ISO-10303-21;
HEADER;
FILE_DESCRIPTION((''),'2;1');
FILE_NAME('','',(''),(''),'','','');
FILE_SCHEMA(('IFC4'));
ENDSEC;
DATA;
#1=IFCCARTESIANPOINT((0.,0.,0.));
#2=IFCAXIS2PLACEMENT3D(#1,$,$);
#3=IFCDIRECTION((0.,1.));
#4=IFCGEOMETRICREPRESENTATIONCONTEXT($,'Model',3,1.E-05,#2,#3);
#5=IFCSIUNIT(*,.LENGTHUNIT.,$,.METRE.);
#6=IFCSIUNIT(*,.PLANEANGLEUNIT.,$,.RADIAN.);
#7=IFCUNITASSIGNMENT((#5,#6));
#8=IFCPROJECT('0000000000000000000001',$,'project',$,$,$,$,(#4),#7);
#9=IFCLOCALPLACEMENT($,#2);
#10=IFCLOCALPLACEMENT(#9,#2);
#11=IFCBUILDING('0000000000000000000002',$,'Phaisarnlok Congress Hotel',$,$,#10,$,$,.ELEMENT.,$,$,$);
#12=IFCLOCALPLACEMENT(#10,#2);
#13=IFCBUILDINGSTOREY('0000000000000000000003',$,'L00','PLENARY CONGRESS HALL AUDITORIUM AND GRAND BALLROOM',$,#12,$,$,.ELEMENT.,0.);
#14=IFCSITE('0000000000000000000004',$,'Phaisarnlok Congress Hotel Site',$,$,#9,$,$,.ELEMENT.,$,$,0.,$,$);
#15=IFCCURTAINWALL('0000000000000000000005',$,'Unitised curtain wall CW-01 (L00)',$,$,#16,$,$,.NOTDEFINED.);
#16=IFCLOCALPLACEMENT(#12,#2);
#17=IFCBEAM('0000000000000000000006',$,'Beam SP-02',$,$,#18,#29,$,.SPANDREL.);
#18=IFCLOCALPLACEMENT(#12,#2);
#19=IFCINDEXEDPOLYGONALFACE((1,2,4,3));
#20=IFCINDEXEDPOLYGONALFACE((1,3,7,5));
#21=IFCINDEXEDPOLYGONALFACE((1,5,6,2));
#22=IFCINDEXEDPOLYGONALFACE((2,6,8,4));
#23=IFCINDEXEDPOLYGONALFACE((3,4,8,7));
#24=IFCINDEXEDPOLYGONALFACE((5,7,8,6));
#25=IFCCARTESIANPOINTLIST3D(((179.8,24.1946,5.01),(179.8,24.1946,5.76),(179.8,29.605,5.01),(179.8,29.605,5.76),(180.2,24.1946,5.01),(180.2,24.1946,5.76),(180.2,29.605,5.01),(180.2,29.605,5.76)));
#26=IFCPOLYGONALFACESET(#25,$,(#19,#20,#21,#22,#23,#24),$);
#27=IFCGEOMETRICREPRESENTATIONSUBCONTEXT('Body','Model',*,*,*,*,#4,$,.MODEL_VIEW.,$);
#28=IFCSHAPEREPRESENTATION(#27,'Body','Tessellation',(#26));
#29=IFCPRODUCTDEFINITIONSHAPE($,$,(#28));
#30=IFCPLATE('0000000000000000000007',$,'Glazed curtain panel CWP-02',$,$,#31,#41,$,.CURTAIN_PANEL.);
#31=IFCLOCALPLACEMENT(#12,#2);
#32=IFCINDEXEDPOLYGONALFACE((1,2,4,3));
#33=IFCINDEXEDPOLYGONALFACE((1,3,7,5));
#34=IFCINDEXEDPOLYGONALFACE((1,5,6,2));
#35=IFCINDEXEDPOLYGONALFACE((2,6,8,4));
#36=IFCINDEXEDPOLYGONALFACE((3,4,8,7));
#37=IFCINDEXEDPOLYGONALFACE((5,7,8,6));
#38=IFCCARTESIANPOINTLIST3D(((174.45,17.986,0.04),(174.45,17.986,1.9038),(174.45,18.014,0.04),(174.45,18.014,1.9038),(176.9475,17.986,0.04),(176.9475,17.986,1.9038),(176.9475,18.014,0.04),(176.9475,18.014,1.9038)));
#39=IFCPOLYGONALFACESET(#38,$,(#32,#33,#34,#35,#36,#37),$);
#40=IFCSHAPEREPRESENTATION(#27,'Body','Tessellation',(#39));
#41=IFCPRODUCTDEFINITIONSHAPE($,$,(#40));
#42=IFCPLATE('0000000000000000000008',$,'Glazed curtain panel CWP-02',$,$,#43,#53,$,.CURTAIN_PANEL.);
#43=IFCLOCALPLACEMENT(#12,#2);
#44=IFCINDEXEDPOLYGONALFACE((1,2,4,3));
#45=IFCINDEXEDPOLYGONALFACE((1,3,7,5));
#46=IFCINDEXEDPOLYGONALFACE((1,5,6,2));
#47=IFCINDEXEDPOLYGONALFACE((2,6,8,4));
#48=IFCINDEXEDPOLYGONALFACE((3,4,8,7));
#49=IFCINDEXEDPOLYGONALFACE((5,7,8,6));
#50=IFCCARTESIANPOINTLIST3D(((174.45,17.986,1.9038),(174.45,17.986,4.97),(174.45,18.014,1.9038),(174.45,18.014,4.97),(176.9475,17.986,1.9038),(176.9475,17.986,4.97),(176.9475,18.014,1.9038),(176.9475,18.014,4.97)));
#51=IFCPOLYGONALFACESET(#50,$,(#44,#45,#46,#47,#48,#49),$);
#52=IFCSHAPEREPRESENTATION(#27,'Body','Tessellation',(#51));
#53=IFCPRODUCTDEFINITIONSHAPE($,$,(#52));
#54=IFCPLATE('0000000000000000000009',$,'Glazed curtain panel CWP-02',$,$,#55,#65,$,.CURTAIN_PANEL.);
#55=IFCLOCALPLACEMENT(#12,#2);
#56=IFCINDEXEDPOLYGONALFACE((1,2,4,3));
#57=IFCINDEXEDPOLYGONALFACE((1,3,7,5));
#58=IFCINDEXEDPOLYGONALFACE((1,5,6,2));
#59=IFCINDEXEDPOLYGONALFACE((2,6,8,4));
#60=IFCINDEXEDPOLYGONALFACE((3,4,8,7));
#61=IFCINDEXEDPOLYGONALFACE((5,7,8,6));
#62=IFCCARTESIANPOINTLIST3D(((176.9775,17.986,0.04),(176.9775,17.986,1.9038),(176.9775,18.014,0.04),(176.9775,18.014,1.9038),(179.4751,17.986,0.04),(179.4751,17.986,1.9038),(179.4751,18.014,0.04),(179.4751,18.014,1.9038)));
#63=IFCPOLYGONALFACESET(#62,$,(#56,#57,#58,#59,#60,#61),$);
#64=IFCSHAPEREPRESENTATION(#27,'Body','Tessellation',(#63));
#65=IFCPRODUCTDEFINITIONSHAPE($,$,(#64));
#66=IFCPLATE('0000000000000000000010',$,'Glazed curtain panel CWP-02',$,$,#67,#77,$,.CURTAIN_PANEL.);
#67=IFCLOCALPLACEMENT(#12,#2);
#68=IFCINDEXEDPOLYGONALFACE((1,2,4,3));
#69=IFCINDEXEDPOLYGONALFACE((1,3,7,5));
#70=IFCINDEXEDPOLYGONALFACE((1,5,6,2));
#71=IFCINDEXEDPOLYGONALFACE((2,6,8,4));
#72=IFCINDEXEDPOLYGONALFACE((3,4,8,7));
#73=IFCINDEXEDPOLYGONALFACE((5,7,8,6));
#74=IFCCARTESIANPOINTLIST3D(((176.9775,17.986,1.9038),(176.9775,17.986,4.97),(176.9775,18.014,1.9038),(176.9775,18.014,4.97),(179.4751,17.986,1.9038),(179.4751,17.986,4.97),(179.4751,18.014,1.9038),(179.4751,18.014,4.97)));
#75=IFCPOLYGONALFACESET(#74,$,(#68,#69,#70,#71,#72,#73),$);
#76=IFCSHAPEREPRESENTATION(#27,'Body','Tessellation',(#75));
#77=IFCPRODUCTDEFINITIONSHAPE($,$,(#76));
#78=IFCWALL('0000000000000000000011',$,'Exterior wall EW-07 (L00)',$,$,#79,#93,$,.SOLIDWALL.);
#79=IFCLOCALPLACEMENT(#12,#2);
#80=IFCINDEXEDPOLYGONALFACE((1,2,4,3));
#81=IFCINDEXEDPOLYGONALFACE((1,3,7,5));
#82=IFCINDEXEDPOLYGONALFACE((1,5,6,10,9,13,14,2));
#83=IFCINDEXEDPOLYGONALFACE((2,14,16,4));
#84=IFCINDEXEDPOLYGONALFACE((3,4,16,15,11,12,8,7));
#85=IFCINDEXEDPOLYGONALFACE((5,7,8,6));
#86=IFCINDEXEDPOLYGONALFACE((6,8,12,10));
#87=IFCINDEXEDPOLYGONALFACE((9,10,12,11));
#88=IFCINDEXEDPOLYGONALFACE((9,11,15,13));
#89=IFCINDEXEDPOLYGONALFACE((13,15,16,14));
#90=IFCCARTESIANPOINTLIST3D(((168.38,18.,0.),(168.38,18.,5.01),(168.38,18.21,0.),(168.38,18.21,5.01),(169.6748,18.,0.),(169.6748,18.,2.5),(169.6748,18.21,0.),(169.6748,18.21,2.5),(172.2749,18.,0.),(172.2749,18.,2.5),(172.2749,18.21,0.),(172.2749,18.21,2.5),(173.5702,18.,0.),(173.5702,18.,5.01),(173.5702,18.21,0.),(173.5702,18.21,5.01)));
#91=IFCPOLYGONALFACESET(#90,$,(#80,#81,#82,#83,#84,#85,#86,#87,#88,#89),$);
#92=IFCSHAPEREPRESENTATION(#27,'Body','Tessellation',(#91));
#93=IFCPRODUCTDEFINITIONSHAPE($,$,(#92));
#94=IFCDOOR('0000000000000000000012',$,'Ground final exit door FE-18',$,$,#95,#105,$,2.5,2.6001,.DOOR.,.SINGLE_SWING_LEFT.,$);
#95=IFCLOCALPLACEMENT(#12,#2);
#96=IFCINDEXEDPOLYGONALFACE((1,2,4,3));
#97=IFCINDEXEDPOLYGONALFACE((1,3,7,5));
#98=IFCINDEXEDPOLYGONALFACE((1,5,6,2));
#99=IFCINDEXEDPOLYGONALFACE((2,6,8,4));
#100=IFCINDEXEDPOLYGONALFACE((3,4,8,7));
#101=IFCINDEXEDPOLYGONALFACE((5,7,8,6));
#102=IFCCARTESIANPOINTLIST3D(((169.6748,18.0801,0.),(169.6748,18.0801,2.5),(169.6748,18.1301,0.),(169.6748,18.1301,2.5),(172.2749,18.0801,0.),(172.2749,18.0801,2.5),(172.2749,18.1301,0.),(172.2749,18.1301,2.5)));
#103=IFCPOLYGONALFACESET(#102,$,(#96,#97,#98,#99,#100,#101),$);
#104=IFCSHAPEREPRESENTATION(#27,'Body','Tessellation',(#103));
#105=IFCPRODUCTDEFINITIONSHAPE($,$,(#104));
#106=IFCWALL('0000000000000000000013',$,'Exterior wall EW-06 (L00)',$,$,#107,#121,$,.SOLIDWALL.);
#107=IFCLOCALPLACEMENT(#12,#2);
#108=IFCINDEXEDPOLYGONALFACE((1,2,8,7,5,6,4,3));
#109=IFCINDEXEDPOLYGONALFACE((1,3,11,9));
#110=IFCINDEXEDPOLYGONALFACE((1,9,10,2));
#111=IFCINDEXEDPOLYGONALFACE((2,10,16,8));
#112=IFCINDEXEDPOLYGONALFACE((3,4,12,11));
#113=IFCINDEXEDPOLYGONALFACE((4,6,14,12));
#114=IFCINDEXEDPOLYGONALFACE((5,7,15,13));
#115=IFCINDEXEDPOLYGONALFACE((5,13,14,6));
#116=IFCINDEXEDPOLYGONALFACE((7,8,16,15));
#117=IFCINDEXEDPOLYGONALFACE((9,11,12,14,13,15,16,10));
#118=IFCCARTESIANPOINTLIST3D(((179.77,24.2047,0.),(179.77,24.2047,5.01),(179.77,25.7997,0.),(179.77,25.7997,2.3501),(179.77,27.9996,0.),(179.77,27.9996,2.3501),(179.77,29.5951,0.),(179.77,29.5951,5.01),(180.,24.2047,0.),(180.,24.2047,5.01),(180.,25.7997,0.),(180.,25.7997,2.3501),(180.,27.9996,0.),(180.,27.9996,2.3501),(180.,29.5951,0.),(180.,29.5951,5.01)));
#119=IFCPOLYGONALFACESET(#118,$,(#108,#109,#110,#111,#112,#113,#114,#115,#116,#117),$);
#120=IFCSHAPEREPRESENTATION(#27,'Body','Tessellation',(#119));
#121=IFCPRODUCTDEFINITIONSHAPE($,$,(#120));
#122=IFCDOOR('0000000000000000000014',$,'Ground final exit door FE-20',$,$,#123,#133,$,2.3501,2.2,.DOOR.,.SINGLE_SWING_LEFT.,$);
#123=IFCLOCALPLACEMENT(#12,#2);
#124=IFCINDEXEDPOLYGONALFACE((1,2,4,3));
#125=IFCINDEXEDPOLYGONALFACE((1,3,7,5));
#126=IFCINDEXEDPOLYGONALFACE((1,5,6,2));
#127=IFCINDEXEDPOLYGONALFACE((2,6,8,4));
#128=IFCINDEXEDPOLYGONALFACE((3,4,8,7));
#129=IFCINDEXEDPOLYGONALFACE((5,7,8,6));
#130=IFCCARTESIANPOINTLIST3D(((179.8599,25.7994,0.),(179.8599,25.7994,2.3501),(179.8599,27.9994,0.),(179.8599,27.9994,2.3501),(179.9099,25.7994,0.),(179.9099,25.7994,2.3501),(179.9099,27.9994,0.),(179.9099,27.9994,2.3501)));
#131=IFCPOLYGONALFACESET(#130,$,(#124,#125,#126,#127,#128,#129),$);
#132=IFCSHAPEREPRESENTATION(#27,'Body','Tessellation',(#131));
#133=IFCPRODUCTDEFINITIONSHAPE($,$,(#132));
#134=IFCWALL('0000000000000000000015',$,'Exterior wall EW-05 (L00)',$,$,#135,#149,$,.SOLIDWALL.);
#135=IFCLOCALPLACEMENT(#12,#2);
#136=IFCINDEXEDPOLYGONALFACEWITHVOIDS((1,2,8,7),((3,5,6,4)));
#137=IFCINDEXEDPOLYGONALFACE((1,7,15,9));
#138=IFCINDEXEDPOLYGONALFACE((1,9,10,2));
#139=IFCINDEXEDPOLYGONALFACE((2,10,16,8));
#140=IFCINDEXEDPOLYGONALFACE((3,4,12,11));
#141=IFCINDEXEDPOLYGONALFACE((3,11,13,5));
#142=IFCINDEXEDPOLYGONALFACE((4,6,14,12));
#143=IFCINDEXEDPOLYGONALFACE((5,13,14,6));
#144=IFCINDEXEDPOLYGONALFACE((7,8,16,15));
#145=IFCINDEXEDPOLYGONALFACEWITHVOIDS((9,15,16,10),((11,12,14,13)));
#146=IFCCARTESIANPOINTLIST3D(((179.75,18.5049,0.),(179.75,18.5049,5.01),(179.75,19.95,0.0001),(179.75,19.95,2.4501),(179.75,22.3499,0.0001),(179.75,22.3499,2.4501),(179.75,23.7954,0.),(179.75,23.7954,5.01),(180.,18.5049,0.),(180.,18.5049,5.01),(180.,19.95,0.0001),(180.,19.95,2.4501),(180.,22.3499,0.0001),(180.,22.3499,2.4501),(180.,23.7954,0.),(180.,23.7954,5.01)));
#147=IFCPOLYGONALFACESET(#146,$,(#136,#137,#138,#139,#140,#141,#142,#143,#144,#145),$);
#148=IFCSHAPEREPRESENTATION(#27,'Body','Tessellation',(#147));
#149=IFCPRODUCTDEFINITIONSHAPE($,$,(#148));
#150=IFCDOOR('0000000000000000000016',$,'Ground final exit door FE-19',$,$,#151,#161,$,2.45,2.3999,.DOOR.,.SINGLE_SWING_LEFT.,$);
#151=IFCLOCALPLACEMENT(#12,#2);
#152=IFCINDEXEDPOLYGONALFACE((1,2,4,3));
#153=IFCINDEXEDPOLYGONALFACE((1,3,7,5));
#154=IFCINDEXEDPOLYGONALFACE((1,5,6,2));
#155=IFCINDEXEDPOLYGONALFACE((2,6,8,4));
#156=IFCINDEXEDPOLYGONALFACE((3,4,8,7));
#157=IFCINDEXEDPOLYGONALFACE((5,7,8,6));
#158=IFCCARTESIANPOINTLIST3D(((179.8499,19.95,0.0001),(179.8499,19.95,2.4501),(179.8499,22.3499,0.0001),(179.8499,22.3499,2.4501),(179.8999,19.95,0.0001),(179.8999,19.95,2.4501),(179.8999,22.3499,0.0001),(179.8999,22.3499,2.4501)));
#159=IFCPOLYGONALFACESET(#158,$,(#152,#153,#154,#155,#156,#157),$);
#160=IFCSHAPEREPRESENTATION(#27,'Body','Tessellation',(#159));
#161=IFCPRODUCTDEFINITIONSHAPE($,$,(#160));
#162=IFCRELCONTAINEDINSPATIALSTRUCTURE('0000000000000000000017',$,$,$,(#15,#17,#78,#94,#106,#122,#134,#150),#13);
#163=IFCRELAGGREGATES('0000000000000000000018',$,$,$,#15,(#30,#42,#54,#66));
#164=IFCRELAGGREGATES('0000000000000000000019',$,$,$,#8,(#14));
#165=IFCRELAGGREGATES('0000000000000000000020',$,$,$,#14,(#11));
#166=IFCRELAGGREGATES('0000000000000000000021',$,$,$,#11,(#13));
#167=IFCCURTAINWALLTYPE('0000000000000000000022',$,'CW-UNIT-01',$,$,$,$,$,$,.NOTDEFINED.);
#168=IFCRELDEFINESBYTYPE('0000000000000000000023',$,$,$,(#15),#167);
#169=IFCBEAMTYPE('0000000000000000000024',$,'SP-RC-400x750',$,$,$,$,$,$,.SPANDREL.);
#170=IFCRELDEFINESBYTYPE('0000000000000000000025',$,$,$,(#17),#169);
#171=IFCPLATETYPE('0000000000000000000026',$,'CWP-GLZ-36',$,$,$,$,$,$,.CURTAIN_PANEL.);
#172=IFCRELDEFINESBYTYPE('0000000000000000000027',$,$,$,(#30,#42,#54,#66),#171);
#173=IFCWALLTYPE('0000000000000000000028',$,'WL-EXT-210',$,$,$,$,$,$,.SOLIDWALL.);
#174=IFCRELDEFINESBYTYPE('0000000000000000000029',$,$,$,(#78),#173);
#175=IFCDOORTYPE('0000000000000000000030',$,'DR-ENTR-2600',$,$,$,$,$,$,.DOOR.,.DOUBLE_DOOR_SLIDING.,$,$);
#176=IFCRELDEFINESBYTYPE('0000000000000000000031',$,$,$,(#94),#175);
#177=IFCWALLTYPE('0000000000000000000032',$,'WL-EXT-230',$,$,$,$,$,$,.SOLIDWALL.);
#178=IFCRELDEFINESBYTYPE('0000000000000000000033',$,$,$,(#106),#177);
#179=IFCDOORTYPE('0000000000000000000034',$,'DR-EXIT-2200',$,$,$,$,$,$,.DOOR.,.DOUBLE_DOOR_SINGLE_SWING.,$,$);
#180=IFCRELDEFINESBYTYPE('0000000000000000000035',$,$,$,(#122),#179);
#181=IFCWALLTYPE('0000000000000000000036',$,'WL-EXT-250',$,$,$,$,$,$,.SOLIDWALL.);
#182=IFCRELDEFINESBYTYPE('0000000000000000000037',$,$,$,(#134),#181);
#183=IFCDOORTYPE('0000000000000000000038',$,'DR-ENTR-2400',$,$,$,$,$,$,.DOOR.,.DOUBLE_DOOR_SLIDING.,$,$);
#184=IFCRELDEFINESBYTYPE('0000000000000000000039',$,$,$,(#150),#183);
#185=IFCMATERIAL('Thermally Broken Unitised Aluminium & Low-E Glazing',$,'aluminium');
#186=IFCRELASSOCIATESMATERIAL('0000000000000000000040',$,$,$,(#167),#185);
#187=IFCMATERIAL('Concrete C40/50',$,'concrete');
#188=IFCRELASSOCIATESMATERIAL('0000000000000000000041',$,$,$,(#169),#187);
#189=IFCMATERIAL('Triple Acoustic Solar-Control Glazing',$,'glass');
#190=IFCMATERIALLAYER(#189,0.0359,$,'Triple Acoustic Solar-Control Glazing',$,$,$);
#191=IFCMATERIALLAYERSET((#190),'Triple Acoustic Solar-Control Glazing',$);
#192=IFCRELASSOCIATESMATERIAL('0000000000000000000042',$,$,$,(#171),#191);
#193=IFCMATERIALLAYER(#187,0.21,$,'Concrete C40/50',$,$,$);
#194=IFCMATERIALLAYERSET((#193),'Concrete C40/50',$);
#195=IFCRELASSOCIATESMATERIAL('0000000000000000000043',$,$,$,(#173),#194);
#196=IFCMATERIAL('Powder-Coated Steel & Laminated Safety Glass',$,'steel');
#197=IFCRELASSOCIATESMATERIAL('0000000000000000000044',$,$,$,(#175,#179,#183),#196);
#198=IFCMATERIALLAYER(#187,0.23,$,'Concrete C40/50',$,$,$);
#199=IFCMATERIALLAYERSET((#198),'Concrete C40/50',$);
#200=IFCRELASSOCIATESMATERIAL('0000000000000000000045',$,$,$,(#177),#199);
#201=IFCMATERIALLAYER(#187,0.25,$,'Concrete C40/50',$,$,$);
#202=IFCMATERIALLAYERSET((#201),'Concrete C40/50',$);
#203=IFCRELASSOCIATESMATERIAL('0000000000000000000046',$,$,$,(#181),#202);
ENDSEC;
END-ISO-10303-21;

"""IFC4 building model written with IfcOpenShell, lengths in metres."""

from ifc_helpers import new_model, si_unit, direction, frame, frame_2d, origin, origin_2d, place, context, subcontext, project, spatial, rectangle, extrude, material, layer, layer_set, material_profile, profile_set, type_object, element, fill, aggregate, save


model = new_model("IFC4")

# Units and contexts
model_context = context("Model", 3, precision=1e-05, world=origin(), true_north=direction((0.0, 1.0)))
body_context = subcontext(model_context, "Body", "Model", "MODEL_VIEW")
ifc_project = project(units=[si_unit("LENGTHUNIT", "METRE"), si_unit("PLANEANGLEUNIT", "RADIAN")], contexts=[model_context])

# Site, building, storey
site_placement = place(None, origin())
site = spatial("IfcSite", under=ifc_project, at=site_placement, Name="Phaisarnlok Congress Hotel Site", CompositionType="ELEMENT", RefElevation=0.0)
building_placement = place(site_placement, origin())
building = spatial("IfcBuilding", under=site, at=building_placement, Name="Phaisarnlok Congress Hotel", CompositionType="ELEMENT")
storey_placement = place(building_placement, origin())
storey = spatial("IfcBuildingStorey", under=building, at=storey_placement, Name="L00", Description="PLENARY CONGRESS HALL AUDITORIUM AND GRAND BALLROOM", CompositionType="ELEMENT", Elevation=0.0)

# Shared definitions
ifc_material_1 = material(Name="Concrete C40/50", Category="concrete")

# Curtain wall
ifc_material_2 = material(Name="Thermally Broken Unitised Aluminium & Low-E Glazing", Category="aluminium")
curtain_wall_type = type_object("IfcCurtainWallType", Name="CW-UNIT-01", PredefinedType="NOTDEFINED", material=ifc_material_2)
curtain_wall_placement = place(storey_placement, origin())
curtain_wall = element("IfcCurtainWall", 1, at=curtain_wall_placement, inside=storey, type_object=curtain_wall_type, Name="Unitised curtain wall CW-01 (L00)", PredefinedType="NOTDEFINED")

# Beam
ifc_material_profile_1 = material_profile(ifc_material_1, rectangle(XDim=0.3999, YDim=0.75, at=origin_2d()), Name="RC 400x750")
ifc_profile_set_1 = profile_set([ifc_material_profile_1], Name="Concrete C40/50")
beam_type_1 = type_object("IfcBeamType", Name="SP-RC-400x750", PredefinedType="SPANDREL", material=ifc_profile_set_1)
beam_1_placement = place(storey_placement, frame((180.0, 24.1946, 5.385), z_axis=(0.0, 1.0, 0.0), x_axis=(-1.0, 0.0, 0.0)))
element("IfcBeam", 2, at=beam_1_placement, inside=storey, type_object=beam_type_1, Name="Beam SP-02", PredefinedType="SPANDREL", context=body_context, shape_type="SweptSolid", body=[
    extrude(rectangle(XDim=0.3999, YDim=0.75, at=origin_2d()), origin(), (0.0, 0.0, 1.0), 5.4104),
])

# Plates
ifc_material_3 = material(Name="Triple Acoustic Solar-Control Glazing", Category="glass")
ifc_layer_1 = layer(ifc_material_3, 0.0359, Name="Triple Acoustic Solar-Control Glazing")
ifc_layer_set_1 = layer_set([ifc_layer_1], Name="Triple Acoustic Solar-Control Glazing")
plate_type = type_object("IfcPlateType", Name="CWP-GLZ-36", PredefinedType="CURTAIN_PANEL", material=ifc_layer_set_1)
plate_1_placement = place(storey_placement, frame((174.45, 18.0, 0.04), z_axis=(0.0, 0.0, 1.0), x_axis=(1.0, 0.0, 0.0)))
plate_1 = element("IfcPlate", 3, at=plate_1_placement, type_object=plate_type, Name="Glazed curtain panel CWP-02", PredefinedType="CURTAIN_PANEL", context=body_context, shape_type="SweptSolid", body=[
    extrude(rectangle(XDim=2.4976, YDim=0.0281, at=frame_2d((1.2488, 0.0))), origin(), (0.0, 0.0, 1.0), 1.8638),
])
plate_2_placement = place(storey_placement, frame((174.45, 18.0, 1.9038), z_axis=(0.0, 0.0, 1.0), x_axis=(1.0, 0.0, 0.0)))
plate_2 = element("IfcPlate", 4, at=plate_2_placement, type_object=plate_type, Name="Glazed curtain panel CWP-02", PredefinedType="CURTAIN_PANEL", context=body_context, shape_type="SweptSolid", body=[
    extrude(rectangle(XDim=2.4976, YDim=0.0281, at=frame_2d((1.2488, 0.0))), origin(), (0.0, 0.0, 1.0), 3.0662),
])
plate_3_placement = place(storey_placement, frame((176.9775, 18.0, 0.04), z_axis=(0.0, 0.0, 1.0), x_axis=(1.0, 0.0, 0.0)))
plate_3 = element("IfcPlate", 5, at=plate_3_placement, type_object=plate_type, Name="Glazed curtain panel CWP-02", PredefinedType="CURTAIN_PANEL", context=body_context, shape_type="SweptSolid", body=[
    extrude(rectangle(XDim=2.4976, YDim=0.0281, at=frame_2d((1.2488, 0.0))), origin(), (0.0, 0.0, 1.0), 1.8638),
])
plate_4_placement = place(storey_placement, frame((176.9775, 18.0, 1.9038), z_axis=(0.0, 0.0, 1.0), x_axis=(1.0, 0.0, 0.0)))
plate_4 = element("IfcPlate", 6, at=plate_4_placement, type_object=plate_type, Name="Glazed curtain panel CWP-02", PredefinedType="CURTAIN_PANEL", context=body_context, shape_type="SweptSolid", body=[
    extrude(rectangle(XDim=2.4976, YDim=0.0281, at=frame_2d((1.2488, 0.0))), origin(), (0.0, 0.0, 1.0), 3.0662),
])
aggregate(curtain_wall, [plate_1, plate_2, plate_3, plate_4])

# Walls, openings, doors
ifc_layer_2 = layer(ifc_material_1, 0.21, Name="Concrete C40/50")
ifc_layer_set_2 = layer_set([ifc_layer_2], Name="Concrete C40/50")
wall_type_1 = type_object("IfcWallType", Name="WL-EXT-210", PredefinedType="SOLIDWALL", material=ifc_layer_set_2)
wall_1_placement = place(storey_placement, frame((168.3799, 18.105, 0.0), z_axis=(0.0, 0.0, 1.0), x_axis=(1.0, 0.0, 0.0)))
wall_1 = element("IfcWall", 7, at=wall_1_placement, inside=storey, type_object=wall_type_1, Name="Exterior wall EW-07 (L00)", PredefinedType="SOLIDWALL", context=body_context, shape_type="SweptSolid", body=[
    extrude(rectangle(XDim=5.1902, YDim=0.21, at=frame_2d((2.5952, 0.0))), origin(), (0.0, 0.0, 1.0), 5.01),
])
opening_1_placement = place(wall_1_placement, frame((1.2949, 0.0, 0.0)))
opening_1 = element("IfcOpeningElement", 8, at=opening_1_placement, cuts=wall_1, PredefinedType="OPENING", context=body_context, shape_type="SweptSolid", body=[
    extrude(rectangle(XDim=2.6001, YDim=2.5, at=frame_2d((1.3, 1.25))), frame((0.0, 0.115, 0.0), z_axis=(0.0, -1.0, 0.0), x_axis=(1.0, 0.0, 0.0)), (0.0, 0.0, 1.0), 0.23),
])
ifc_material_4 = material(Name="Powder-Coated Steel & Laminated Safety Glass", Category="steel")
door_type_1 = type_object("IfcDoorType", Name="DR-ENTR-2600", OperationType="DOUBLE_DOOR_SLIDING", PredefinedType="DOOR", material=ifc_material_4)
door_1_placement = place(opening_1_placement, frame((2.6001, 0.0, 0.0), z_axis=(0.0, 0.0, 1.0), x_axis=(-1.0, 0.0, 0.0)))
door_1 = element("IfcDoor", 9, at=door_1_placement, inside=storey, type_object=door_type_1, Name="Ground final exit door FE-18", OperationType="SINGLE_SWING_LEFT", OverallHeight=2.5, OverallWidth=2.6001, PredefinedType="DOOR", context=body_context, shape_type="SweptSolid", body=[
    extrude(rectangle(XDim=2.6001, YDim=2.5, at=frame_2d((1.3, 1.25))), frame((0.0, 0.0249, 0.0), z_axis=(0.0, -1.0, 0.0), x_axis=(1.0, 0.0, 0.0)), (0.0, 0.0, 1.0), 0.05),
])
fill(opening_1, door_1)
ifc_layer_3 = layer(ifc_material_1, 0.23, Name="Concrete C40/50")
ifc_layer_set_3 = layer_set([ifc_layer_3], Name="Concrete C40/50")
wall_type_2 = type_object("IfcWallType", Name="WL-EXT-230", PredefinedType="SOLIDWALL", material=ifc_layer_set_3)
wall_2_placement = place(storey_placement, frame((179.885, 24.2046, 0.0), z_axis=(0.0, 0.0, 1.0), x_axis=(0.0, 1.0, 0.0)))
wall_2 = element("IfcWall", 10, at=wall_2_placement, inside=storey, type_object=wall_type_2, Name="Exterior wall EW-06 (L00)", PredefinedType="SOLIDWALL", context=body_context, shape_type="SweptSolid", body=[
    extrude(rectangle(XDim=5.3904, YDim=0.23, at=frame_2d((2.6953, 0.0))), origin(), (0.0, 0.0, 1.0), 5.01),
])
opening_2_placement = place(wall_2_placement, frame((1.595, 0.0, 0.0)))
opening_2 = element("IfcOpeningElement", 11, at=opening_2_placement, cuts=wall_2, PredefinedType="OPENING", context=body_context, shape_type="SweptSolid", body=[
    extrude(rectangle(XDim=2.2, YDim=2.3501, at=frame_2d((1.1001, 1.175))), frame((0.0, 0.125, 0.0), z_axis=(0.0, -1.0, 0.0), x_axis=(1.0, 0.0, 0.0)), (0.0, 0.0, 1.0), 0.25),
])
door_type_2 = type_object("IfcDoorType", Name="DR-EXIT-2200", OperationType="DOUBLE_DOOR_SINGLE_SWING", PredefinedType="DOOR", material=ifc_material_4)
door_2_placement = place(opening_2_placement, frame((2.2, 0.0, 0.0), z_axis=(0.0, 0.0, 1.0), x_axis=(-1.0, 0.0, 0.0)))
door_2 = element("IfcDoor", 12, at=door_2_placement, inside=storey, type_object=door_type_2, Name="Ground final exit door FE-20", OperationType="SINGLE_SWING_LEFT", OverallHeight=2.3501, OverallWidth=2.2, PredefinedType="DOOR", context=body_context, shape_type="SweptSolid", body=[
    extrude(rectangle(XDim=2.2, YDim=2.3501, at=frame_2d((1.1001, 1.175))), frame((0.0, 0.0249, 0.0), z_axis=(0.0, -1.0, 0.0), x_axis=(1.0, 0.0, 0.0)), (0.0, 0.0, 1.0), 0.05),
])
fill(opening_2, door_2)
ifc_layer_4 = layer(ifc_material_1, 0.25, Name="Concrete C40/50")
ifc_layer_set_4 = layer_set([ifc_layer_4], Name="Concrete C40/50")
wall_type_3 = type_object("IfcWallType", Name="WL-EXT-250", PredefinedType="SOLIDWALL", material=ifc_layer_set_4)
wall_3_placement = place(storey_placement, frame((179.875, 18.5049, 0.0), z_axis=(0.0, 0.0, 1.0), x_axis=(0.0, 1.0, 0.0)))
wall_3 = element("IfcWall", 13, at=wall_3_placement, inside=storey, type_object=wall_type_3, Name="Exterior wall EW-05 (L00)", PredefinedType="SOLIDWALL", context=body_context, shape_type="SweptSolid", body=[
    extrude(rectangle(XDim=5.2905, YDim=0.25, at=frame_2d((2.6453, 0.0))), origin(), (0.0, 0.0, 1.0), 5.01),
])
opening_3_placement = place(wall_3_placement, frame((1.4451, 0.0, 0.0)))
opening_3 = element("IfcOpeningElement", 14, at=opening_3_placement, cuts=wall_3, PredefinedType="OPENING", context=body_context, shape_type="SweptSolid", body=[
    extrude(rectangle(XDim=2.3999, YDim=2.45, at=frame_2d((1.2, 1.2251))), frame((0.0, 0.135, 0.0), z_axis=(0.0, -1.0, 0.0), x_axis=(1.0, 0.0, 0.0)), (0.0, 0.0, 1.0), 0.27),
])
door_type_3 = type_object("IfcDoorType", Name="DR-ENTR-2400", OperationType="DOUBLE_DOOR_SLIDING", PredefinedType="DOOR", material=ifc_material_4)
door_3_placement = place(opening_3_placement, frame((2.3999, 0.0, 0.0), z_axis=(0.0, 0.0, 1.0), x_axis=(-1.0, 0.0, 0.0)))
door_3 = element("IfcDoor", 15, at=door_3_placement, inside=storey, type_object=door_type_3, Name="Ground final exit door FE-19", OperationType="SINGLE_SWING_LEFT", OverallHeight=2.45, OverallWidth=2.3999, PredefinedType="DOOR", context=body_context, shape_type="SweptSolid", body=[
    extrude(rectangle(XDim=2.3999, YDim=2.45, at=frame_2d((1.2, 1.2251))), frame((0.0, 0.0249, 0.0), z_axis=(0.0, -1.0, 0.0), x_axis=(1.0, 0.0, 0.0)), (0.0, 0.0, 1.0), 0.05),
])
fill(opening_3, door_3)

save(model, "model.ifc")
